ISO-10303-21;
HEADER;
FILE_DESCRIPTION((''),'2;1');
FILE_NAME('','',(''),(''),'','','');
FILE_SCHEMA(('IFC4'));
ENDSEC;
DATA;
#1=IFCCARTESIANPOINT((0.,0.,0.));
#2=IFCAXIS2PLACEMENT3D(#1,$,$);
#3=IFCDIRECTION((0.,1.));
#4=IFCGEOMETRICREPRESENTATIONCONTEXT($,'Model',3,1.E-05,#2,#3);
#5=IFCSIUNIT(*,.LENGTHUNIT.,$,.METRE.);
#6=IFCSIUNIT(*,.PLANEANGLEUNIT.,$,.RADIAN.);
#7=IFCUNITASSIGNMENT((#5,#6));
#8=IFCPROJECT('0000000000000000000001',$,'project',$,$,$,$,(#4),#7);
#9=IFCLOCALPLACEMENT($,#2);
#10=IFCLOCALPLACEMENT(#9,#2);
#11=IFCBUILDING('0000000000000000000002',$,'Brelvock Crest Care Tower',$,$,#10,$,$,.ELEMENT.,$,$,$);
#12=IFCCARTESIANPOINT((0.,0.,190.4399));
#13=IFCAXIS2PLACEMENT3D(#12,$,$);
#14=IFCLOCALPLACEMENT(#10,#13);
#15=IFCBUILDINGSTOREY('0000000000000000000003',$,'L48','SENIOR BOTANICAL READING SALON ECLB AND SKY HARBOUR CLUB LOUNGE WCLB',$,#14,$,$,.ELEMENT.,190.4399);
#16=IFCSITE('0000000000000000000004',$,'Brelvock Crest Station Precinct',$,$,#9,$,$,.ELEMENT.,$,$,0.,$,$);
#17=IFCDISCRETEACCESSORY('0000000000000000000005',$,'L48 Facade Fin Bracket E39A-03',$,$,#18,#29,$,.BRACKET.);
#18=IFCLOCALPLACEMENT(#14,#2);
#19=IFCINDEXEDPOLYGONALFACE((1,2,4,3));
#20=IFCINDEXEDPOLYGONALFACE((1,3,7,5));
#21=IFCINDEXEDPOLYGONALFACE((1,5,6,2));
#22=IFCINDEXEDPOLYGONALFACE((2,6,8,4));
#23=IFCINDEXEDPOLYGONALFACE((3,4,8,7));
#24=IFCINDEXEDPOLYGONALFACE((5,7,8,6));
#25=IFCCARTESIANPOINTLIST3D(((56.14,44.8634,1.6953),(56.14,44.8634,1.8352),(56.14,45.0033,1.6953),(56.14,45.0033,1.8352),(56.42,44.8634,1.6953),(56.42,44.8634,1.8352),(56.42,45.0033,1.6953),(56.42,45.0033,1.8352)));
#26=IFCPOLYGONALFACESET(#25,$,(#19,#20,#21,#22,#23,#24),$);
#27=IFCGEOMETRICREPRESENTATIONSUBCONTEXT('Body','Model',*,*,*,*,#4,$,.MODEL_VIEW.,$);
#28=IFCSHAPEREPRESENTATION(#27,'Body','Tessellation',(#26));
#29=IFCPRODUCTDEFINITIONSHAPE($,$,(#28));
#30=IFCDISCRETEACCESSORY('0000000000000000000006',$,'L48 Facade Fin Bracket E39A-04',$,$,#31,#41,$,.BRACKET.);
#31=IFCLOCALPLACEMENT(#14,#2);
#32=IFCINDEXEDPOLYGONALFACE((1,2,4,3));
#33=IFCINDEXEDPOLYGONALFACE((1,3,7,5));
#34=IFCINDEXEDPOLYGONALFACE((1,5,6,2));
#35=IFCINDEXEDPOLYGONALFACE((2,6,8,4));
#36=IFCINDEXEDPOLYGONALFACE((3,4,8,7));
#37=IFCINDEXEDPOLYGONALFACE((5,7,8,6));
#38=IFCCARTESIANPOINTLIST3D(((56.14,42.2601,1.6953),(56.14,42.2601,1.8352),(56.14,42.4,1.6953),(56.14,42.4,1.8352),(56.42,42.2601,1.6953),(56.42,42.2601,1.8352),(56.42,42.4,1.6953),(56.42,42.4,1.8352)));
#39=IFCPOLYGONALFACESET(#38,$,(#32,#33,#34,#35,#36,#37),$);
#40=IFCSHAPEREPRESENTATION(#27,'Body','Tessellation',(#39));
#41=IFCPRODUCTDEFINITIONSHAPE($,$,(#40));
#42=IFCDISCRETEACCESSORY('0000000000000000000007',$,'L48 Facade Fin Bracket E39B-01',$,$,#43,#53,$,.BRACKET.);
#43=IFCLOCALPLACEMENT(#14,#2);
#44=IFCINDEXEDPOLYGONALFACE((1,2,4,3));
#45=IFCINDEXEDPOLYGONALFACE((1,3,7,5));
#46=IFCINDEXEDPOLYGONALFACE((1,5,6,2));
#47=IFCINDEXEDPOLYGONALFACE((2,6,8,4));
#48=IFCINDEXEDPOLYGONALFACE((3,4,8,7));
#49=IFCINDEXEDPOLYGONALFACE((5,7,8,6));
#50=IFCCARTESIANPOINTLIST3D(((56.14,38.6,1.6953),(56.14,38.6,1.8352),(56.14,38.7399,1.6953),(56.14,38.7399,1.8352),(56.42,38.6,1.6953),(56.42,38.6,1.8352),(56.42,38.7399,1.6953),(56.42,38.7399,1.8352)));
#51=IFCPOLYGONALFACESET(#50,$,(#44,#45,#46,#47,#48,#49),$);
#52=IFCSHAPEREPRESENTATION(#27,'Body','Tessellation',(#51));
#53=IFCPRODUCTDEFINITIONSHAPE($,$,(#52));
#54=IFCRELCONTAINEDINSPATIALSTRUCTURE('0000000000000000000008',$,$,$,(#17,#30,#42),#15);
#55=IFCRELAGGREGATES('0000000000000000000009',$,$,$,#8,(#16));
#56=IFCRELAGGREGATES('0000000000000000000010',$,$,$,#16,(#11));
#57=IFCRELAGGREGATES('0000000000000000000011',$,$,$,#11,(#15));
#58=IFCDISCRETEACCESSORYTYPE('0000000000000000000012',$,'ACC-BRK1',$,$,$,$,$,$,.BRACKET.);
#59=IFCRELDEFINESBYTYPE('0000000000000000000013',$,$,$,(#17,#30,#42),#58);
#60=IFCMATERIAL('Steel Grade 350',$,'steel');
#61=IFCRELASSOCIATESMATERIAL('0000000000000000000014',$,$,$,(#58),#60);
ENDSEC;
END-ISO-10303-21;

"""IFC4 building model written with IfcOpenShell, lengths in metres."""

from ifc_helpers import new_model, si_unit, direction, frame, origin, origin_2d, place, context, subcontext, project, spatial, rectangle, extrude, source, transform, mapped, material, type_object, element, save


model = new_model("IFC4")

# Units and contexts
model_context = context("Model", 3, precision=1e-05, world=origin(), true_north=direction((0.0, 1.0)))
body_context = subcontext(model_context, "Body", "Model", "MODEL_VIEW")
ifc_project = project(units=[si_unit("LENGTHUNIT", "METRE"), si_unit("PLANEANGLEUNIT", "RADIAN")], contexts=[model_context])

# Site, building, storey
site_placement = place(None, origin())
site = spatial("IfcSite", under=ifc_project, at=site_placement, Name="Brelvock Crest Station Precinct", CompositionType="ELEMENT", RefElevation=0.0)
building_placement = place(site_placement, origin())
building = spatial("IfcBuilding", under=site, at=building_placement, Name="Brelvock Crest Care Tower", CompositionType="ELEMENT")
storey_placement = place(building_placement, frame((0.0, 0.0, 190.4399)))
storey = spatial("IfcBuildingStorey", under=building, at=storey_placement, Name="L48", Description="SENIOR BOTANICAL READING SALON ECLB AND SKY HARBOUR CLUB LOUNGE WCLB", CompositionType="ELEMENT", Elevation=190.4399)

# Shared definitions
ifc_material_1 = material(Name="Steel Grade 350", Category="steel")

# Discrete accessories
discrete_accessory_type = type_object("IfcDiscreteAccessoryType", Name="ACC-BRK1", PredefinedType="BRACKET", material=ifc_material_1)
shared_shape_1 = source(origin(), body_context, "Body", "SweptSolid", [
    extrude(rectangle(XDim=0.28, YDim=0.1399, at=origin_2d()), origin(), (0.0, 0.0, 1.0), 0.1399),
])
for number, where, z_axis, x_axis, name in (
    (1, (56.28, 44.9333, 1.6953), (0.0, 0.0, 1.0), (1.0, 0.0, 0.0), "L48 Facade Fin Bracket E39A-03"),
    (2, (56.28, 42.3301, 1.6953), (0.0, 0.0, 1.0), (1.0, 0.0, 0.0), "L48 Facade Fin Bracket E39A-04"),
    (3, (56.28, 38.6699, 1.6953), (0.0, 0.0, 1.0), (1.0, 0.0, 0.0), "L48 Facade Fin Bracket E39B-01"),
):
    element("IfcDiscreteAccessory", number, at=place(storey_placement, frame(where, z_axis=z_axis, x_axis=x_axis)), inside=storey, type_object=discrete_accessory_type, Name=name, PredefinedType="BRACKET", context=body_context, shape_type="MappedRepresentation", body=[
        mapped(shared_shape_1, transform((0.0, 0.0, 0.0), x_axis=(1.0, 0.0, 0.0), y_axis=(0.0, 1.0, 0.0), z_axis=(0.0, 0.0, 1.0), scale=1.0)),
    ])

save(model, "model.ifc")
